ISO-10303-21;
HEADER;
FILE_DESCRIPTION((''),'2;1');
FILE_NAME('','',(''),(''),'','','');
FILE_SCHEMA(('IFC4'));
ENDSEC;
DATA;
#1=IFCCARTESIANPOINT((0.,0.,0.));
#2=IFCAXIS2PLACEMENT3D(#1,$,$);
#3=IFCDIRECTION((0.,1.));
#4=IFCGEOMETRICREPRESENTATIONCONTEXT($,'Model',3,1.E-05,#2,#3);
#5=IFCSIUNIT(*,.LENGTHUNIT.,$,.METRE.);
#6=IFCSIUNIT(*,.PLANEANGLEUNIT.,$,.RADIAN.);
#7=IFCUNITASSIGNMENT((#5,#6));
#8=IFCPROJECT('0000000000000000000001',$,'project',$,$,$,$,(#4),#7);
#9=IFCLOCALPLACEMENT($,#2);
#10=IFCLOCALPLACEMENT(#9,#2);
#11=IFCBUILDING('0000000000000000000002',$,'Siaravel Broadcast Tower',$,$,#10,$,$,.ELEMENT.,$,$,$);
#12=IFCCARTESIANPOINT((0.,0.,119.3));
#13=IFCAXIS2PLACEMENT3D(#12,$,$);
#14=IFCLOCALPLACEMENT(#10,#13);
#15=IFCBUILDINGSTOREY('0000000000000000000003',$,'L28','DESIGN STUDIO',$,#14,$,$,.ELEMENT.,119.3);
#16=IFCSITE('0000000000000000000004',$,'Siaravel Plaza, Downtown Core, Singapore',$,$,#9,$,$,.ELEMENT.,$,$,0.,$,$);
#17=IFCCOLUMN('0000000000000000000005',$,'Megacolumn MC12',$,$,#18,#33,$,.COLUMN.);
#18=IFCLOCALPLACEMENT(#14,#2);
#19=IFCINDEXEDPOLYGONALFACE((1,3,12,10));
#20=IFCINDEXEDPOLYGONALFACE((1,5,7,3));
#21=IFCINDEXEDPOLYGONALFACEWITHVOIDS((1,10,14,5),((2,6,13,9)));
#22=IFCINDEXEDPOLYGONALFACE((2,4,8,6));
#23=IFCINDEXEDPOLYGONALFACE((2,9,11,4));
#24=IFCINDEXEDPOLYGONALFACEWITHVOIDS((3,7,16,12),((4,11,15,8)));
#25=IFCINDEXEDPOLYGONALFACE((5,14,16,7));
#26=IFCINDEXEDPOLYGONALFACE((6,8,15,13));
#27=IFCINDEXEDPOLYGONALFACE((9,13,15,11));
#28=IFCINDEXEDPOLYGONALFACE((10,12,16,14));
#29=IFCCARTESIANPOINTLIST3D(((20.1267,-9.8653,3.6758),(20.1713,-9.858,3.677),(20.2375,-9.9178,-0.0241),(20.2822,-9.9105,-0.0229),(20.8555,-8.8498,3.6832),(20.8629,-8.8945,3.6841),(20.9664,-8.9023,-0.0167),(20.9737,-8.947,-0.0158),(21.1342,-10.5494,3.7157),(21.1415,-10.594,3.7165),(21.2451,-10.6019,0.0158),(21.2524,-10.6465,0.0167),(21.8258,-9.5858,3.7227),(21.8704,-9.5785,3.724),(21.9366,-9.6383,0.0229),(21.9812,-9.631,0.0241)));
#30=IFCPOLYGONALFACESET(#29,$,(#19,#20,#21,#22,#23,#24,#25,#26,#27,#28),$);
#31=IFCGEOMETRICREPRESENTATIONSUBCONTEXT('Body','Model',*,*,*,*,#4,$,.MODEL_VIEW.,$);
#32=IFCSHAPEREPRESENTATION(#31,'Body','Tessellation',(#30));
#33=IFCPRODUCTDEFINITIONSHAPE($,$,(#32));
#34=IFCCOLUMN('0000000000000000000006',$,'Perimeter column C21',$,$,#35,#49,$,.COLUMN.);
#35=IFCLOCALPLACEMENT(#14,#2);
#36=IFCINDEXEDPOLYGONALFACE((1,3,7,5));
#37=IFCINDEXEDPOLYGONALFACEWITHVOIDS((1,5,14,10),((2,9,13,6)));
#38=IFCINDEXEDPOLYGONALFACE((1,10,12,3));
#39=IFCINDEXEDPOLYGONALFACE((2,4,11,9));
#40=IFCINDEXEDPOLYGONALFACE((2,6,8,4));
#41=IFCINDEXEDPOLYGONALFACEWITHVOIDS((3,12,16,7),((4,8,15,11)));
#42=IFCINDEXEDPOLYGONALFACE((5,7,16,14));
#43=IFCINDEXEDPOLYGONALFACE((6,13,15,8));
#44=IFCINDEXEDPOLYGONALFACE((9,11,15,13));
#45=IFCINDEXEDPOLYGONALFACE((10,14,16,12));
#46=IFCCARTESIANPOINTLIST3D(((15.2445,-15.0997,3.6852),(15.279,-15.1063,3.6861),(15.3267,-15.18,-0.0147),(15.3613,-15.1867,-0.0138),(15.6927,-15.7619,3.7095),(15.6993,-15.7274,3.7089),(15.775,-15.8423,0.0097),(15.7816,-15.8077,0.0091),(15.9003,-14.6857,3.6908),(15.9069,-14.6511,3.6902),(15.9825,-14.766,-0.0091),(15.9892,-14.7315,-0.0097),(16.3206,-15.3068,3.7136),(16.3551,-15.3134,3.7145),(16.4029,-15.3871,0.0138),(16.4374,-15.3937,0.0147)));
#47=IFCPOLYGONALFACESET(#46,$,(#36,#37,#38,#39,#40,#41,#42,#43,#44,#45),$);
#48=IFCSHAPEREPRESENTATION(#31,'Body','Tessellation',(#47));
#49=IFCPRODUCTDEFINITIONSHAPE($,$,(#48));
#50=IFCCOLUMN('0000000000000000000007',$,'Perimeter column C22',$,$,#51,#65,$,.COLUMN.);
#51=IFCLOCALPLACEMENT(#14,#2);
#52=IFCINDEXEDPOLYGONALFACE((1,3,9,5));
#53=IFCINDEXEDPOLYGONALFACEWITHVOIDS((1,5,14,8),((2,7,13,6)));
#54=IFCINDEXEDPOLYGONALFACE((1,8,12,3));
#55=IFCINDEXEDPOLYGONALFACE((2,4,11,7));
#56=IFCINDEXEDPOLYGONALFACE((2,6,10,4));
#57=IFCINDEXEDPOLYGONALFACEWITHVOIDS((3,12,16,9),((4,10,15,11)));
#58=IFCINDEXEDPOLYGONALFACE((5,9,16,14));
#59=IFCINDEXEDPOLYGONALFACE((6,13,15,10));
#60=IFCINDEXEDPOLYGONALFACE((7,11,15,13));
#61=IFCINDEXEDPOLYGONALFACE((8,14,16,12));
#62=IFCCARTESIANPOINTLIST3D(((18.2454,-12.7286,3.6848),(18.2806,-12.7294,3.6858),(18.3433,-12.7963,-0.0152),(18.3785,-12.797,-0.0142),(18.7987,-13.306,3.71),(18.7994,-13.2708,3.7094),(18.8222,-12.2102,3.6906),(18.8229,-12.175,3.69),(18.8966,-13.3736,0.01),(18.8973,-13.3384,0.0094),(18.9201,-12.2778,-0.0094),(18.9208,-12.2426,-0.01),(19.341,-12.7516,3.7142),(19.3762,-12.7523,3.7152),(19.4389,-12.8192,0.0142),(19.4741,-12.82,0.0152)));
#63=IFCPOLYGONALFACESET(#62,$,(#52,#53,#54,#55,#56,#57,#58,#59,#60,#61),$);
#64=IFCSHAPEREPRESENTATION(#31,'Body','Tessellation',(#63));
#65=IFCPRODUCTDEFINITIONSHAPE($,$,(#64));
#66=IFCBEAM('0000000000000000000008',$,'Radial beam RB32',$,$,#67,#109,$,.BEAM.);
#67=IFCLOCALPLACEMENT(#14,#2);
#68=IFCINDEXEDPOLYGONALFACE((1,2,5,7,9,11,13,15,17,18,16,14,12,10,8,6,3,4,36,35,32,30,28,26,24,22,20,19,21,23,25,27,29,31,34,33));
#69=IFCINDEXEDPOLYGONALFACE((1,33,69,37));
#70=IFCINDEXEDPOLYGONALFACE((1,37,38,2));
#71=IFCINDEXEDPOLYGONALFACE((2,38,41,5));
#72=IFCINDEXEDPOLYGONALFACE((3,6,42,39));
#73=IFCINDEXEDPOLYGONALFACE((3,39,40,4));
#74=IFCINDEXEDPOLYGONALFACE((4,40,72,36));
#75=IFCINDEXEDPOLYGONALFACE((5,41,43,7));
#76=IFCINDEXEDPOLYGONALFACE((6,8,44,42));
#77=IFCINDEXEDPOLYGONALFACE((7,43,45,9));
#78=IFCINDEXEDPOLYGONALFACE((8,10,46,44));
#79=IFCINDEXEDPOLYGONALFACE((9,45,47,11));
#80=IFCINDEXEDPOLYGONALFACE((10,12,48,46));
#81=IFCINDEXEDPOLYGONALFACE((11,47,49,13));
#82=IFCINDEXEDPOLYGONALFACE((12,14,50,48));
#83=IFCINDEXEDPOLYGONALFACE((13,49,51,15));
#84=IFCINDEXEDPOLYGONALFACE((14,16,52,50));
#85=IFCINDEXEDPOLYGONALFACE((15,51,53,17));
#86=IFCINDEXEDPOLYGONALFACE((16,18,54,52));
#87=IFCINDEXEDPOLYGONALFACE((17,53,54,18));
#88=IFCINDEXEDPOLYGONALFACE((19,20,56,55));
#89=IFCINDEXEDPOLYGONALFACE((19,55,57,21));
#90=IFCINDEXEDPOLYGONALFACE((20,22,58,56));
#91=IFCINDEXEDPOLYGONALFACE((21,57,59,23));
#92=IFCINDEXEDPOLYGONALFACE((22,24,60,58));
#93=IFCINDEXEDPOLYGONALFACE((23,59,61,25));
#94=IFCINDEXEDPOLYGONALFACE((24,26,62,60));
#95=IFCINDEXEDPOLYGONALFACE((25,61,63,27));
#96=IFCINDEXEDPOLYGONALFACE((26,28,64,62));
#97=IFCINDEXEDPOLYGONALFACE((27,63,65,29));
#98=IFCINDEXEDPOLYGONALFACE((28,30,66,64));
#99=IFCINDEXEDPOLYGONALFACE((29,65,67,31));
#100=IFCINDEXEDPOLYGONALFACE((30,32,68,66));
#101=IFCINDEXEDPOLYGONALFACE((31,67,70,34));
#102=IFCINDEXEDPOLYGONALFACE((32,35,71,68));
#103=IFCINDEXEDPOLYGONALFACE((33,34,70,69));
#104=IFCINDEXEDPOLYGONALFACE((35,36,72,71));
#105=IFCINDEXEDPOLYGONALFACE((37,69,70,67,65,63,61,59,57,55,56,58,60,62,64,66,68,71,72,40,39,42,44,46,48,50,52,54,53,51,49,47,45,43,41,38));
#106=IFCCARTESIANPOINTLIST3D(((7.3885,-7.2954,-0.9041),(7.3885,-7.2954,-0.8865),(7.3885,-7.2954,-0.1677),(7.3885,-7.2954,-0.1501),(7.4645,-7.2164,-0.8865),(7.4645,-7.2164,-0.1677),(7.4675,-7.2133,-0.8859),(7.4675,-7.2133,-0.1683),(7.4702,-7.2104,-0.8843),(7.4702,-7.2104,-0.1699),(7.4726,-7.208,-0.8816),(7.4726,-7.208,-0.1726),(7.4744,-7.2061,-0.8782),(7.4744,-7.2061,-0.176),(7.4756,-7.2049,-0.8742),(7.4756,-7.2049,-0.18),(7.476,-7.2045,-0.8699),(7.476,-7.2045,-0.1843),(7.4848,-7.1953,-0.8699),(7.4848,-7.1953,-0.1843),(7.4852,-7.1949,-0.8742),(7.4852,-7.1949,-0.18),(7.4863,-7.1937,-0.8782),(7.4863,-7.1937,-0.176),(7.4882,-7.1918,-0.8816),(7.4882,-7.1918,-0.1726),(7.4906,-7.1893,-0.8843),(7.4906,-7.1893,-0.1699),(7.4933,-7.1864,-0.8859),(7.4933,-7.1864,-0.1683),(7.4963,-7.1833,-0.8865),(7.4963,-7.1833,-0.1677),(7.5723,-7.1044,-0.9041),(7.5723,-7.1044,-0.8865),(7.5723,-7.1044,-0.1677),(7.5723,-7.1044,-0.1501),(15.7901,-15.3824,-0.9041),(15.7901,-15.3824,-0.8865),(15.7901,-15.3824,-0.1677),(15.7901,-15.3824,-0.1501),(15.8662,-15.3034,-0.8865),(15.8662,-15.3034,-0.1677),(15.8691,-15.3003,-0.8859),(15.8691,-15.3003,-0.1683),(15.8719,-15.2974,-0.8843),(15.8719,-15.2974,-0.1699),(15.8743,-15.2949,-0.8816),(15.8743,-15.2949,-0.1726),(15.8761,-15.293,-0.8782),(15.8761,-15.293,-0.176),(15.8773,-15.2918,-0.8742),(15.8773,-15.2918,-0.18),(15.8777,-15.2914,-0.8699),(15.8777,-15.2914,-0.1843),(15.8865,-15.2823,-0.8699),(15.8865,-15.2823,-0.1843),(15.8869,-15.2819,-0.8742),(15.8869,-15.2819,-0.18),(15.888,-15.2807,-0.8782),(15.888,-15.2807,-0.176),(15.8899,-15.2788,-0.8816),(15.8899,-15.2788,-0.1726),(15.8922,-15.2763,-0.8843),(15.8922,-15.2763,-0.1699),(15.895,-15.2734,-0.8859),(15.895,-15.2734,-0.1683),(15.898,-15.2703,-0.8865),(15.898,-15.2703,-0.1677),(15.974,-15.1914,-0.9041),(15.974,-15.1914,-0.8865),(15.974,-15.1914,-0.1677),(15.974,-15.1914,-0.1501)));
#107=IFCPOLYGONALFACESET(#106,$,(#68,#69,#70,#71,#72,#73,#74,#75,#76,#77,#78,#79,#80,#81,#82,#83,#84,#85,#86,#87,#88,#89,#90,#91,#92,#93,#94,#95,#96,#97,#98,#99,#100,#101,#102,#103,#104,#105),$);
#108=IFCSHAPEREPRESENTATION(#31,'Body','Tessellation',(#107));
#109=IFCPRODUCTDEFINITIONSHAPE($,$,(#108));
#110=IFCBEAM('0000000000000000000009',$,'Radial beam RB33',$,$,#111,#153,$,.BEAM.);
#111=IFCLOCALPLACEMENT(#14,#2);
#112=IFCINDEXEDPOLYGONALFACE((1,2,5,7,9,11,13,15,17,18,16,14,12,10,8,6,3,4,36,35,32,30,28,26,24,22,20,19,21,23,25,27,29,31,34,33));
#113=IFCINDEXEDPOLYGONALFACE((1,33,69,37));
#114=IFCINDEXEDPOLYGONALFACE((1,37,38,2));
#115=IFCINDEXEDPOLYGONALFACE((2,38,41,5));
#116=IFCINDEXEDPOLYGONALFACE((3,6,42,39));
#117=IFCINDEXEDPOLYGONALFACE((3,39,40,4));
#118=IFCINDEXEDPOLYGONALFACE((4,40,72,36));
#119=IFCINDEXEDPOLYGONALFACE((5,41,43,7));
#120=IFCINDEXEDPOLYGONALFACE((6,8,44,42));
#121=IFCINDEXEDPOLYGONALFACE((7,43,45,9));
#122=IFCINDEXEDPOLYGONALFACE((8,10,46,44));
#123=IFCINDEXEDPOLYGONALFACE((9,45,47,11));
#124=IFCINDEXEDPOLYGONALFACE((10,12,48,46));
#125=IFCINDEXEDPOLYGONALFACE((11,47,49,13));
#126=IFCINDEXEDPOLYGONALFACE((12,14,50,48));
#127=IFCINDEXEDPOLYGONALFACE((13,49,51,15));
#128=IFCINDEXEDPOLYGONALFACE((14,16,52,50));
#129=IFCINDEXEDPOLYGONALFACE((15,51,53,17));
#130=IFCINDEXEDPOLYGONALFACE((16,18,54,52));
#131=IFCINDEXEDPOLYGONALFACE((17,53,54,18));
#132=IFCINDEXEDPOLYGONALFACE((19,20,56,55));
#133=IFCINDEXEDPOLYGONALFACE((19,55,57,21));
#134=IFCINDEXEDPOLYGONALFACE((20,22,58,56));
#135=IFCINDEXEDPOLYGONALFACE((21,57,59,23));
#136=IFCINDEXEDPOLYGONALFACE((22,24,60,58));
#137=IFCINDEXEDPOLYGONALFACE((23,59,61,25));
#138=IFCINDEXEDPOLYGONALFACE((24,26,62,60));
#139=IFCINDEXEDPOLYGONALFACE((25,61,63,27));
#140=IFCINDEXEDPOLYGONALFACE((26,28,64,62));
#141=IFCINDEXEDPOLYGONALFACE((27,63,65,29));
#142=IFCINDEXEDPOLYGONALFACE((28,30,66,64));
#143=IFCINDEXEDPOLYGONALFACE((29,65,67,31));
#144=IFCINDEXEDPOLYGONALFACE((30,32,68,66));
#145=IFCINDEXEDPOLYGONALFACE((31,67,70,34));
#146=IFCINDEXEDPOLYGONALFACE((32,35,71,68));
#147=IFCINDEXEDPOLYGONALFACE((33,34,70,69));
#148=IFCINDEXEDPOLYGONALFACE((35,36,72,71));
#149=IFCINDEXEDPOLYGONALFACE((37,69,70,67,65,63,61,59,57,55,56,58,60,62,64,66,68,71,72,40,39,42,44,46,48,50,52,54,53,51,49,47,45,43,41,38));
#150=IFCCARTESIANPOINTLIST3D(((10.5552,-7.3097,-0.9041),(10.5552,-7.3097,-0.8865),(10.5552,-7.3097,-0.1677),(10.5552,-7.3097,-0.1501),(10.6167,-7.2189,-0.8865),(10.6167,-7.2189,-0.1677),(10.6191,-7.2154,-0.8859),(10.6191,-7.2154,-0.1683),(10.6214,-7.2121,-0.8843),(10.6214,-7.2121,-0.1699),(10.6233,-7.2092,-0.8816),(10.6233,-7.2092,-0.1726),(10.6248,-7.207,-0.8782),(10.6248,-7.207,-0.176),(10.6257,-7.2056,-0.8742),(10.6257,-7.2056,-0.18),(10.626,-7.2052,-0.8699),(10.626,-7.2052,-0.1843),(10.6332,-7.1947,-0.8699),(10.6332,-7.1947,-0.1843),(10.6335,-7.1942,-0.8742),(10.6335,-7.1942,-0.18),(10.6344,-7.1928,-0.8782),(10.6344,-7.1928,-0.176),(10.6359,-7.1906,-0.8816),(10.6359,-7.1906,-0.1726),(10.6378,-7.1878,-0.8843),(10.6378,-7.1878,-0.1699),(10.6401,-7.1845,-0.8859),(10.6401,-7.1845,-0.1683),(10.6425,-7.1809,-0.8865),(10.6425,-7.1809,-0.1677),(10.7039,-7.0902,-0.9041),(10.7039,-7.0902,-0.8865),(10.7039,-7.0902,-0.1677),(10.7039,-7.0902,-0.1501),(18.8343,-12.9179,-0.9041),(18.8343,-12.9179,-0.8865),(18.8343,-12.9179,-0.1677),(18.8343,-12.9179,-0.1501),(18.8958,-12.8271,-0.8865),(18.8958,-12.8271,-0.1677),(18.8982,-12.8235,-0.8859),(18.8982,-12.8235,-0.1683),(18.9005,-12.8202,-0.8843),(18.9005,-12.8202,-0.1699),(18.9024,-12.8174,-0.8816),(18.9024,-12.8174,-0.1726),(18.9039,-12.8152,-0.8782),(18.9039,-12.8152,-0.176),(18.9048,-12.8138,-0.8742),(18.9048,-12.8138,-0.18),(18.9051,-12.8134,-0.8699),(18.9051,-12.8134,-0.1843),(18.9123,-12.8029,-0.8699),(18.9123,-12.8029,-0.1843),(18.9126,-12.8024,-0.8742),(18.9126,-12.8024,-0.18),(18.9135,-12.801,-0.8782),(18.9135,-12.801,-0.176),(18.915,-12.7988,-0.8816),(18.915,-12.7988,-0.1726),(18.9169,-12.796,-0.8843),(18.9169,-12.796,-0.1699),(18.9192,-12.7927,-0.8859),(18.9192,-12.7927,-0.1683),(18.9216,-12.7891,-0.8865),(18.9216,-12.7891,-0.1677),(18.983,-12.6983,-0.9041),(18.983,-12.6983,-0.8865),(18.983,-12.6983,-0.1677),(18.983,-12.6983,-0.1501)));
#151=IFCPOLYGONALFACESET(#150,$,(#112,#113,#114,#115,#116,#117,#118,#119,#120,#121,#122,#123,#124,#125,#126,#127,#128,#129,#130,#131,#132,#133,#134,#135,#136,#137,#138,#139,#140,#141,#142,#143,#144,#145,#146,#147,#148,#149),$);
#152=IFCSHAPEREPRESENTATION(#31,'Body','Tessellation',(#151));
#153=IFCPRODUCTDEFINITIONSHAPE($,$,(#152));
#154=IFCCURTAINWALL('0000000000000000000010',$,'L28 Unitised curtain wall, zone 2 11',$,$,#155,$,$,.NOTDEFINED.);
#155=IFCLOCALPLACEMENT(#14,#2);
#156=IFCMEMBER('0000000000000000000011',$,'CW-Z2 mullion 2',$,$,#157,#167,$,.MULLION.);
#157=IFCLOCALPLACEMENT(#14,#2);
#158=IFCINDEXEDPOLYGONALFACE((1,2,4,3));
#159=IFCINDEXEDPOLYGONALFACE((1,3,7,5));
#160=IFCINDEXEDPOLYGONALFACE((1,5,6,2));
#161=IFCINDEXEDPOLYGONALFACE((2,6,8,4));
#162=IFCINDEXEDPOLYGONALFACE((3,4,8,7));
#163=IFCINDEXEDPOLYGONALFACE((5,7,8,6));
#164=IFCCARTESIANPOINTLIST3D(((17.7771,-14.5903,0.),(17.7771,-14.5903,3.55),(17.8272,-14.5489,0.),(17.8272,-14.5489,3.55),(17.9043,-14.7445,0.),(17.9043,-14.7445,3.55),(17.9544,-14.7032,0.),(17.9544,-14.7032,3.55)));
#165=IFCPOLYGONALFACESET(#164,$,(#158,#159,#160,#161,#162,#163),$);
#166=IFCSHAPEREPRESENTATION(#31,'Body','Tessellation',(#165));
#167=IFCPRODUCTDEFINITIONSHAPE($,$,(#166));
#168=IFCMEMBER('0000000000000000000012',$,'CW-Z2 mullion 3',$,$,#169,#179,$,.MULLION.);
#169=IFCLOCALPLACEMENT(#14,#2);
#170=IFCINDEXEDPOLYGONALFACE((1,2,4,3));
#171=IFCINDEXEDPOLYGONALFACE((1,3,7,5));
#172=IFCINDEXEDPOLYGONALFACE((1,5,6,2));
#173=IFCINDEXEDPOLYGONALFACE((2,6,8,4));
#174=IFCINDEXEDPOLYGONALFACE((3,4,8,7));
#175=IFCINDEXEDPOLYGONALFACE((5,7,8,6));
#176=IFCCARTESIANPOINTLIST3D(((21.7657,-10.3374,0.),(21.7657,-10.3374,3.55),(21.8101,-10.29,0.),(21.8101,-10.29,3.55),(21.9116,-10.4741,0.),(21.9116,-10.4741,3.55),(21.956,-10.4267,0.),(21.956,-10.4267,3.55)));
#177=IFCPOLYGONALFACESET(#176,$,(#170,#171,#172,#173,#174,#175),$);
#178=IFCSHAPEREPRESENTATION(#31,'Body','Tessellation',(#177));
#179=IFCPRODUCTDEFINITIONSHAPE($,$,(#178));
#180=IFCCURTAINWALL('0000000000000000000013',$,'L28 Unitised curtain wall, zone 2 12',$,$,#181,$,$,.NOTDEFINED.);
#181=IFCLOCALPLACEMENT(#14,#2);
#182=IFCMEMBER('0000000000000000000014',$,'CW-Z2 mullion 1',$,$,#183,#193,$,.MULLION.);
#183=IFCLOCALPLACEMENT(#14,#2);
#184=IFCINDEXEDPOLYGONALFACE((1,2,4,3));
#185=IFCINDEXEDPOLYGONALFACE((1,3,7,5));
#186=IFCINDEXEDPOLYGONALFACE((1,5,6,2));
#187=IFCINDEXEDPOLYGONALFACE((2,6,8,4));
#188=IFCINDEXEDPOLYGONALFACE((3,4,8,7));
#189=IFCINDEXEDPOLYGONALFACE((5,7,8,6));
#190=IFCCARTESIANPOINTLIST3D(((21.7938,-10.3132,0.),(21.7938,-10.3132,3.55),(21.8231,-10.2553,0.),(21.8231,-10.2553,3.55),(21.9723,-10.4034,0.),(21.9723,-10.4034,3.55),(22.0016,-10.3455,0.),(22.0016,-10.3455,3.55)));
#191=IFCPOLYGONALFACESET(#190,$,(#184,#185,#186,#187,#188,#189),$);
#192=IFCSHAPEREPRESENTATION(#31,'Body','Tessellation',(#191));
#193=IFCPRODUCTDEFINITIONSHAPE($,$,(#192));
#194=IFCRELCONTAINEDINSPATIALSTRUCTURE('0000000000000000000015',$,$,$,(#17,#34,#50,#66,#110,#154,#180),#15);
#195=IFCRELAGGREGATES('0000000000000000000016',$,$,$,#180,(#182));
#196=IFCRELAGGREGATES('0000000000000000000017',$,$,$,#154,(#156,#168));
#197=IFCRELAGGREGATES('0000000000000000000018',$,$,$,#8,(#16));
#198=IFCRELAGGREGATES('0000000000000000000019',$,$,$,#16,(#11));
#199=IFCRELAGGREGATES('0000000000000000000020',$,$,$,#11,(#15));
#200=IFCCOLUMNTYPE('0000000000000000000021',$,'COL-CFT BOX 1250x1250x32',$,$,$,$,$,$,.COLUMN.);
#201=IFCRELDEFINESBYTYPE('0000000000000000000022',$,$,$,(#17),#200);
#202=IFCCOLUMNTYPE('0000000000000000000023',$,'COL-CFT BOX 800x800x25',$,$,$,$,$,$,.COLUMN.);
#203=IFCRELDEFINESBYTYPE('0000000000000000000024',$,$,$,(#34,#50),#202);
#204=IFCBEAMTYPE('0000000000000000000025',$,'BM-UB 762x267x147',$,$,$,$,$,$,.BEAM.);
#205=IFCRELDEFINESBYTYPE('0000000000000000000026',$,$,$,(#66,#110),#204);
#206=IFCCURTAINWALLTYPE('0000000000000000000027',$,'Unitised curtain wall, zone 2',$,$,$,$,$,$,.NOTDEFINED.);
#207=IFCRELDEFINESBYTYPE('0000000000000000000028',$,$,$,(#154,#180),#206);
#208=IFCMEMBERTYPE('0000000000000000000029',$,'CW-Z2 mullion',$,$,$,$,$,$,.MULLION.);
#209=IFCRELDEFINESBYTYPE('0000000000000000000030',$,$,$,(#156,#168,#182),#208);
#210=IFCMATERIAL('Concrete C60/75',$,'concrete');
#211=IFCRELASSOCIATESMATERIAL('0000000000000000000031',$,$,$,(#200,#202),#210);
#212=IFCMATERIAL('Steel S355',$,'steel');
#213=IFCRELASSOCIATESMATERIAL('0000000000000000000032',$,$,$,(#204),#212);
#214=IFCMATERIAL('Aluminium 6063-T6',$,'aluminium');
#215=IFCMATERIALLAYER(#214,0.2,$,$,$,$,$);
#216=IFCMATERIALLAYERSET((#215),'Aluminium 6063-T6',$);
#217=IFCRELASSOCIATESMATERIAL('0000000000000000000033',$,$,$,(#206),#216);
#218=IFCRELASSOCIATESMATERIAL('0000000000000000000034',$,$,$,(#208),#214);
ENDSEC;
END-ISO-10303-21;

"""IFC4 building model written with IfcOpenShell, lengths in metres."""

from ifc_helpers import new_model, si_unit, direction, frame, origin, origin_2d, place, context, subcontext, project, spatial, rectangle, hollow_rectangle, i_section, extrude, material, layer, layer_set, material_profile, profile_set, type_object, element, aggregate, save


model = new_model("IFC4")

# Units and contexts
model_context = context("Model", 3, precision=1e-05, world=origin(), true_north=direction((0.0, 1.0)))
body_context = subcontext(model_context, "Body", "Model", "MODEL_VIEW")
ifc_project = project(units=[si_unit("LENGTHUNIT", "METRE"), si_unit("PLANEANGLEUNIT", "RADIAN")], contexts=[model_context])

# Site, building, storey
site_placement = place(None, origin())
site = spatial("IfcSite", under=ifc_project, at=site_placement, Name="Siaravel Plaza, Downtown Core, Singapore", CompositionType="ELEMENT", RefElevation=0.0)
building_placement = place(site_placement, origin())
building = spatial("IfcBuilding", under=site, at=building_placement, Name="Siaravel Broadcast Tower", CompositionType="ELEMENT")
storey_placement = place(building_placement, frame((0.0, 0.0, 119.3)))
storey = spatial("IfcBuildingStorey", under=building, at=storey_placement, Name="L28", Description="DESIGN STUDIO", CompositionType="ELEMENT", Elevation=119.3)

# Columns
ifc_material_1 = material(Name="Concrete C60/75", Category="concrete")
ifc_material_profile_1 = material_profile(ifc_material_1, hollow_rectangle(XDim=1.25, YDim=1.25, WallThickness=0.032, at=origin_2d()))
ifc_profile_set_1 = profile_set([ifc_material_profile_1], Name="Concrete C60/75")
column_type_1 = type_object("IfcColumnType", Name="COL-CFT BOX 1250x1250x32", PredefinedType="COLUMN", material=ifc_profile_set_1)
column_1_placement = place(storey_placement, frame((21.1094, -9.7744, 0.0), z_axis=(-0.029941, 0.014179, 0.999451), x_axis=(-0.583066, -0.812403, -0.005942)))
element("IfcColumn", 1, at=column_1_placement, inside=storey, type_object=column_type_1, Name="Megacolumn MC12", PredefinedType="COLUMN", context=body_context, shape_type="SweptSolid", body=[
    extrude(hollow_rectangle(XDim=1.25, YDim=1.25, WallThickness=0.032, at=origin_2d()), origin(), (0.0, 0.0, 1.0), 3.7019),
])
ifc_material_profile_2 = material_profile(ifc_material_1, hollow_rectangle(XDim=0.8, YDim=0.8, WallThickness=0.0249, at=origin_2d()))
ifc_profile_set_2 = profile_set([ifc_material_profile_2], Name="Concrete C60/75")
column_type_2 = type_object("IfcColumnType", Name="COL-CFT BOX 800x800x25", PredefinedType="COLUMN", material=ifc_profile_set_2)
column_2_placement = place(storey_placement, frame((15.8821, -15.2869, 0.0), z_axis=(-0.022226, 0.021699, 0.999517), x_axis=(-0.828038, -0.560637, -0.006242)))
element("IfcColumn", 2, at=column_2_placement, inside=storey, type_object=column_type_2, Name="Perimeter column C21", PredefinedType="COLUMN", context=body_context, shape_type="SweptSolid", body=[
    extrude(hollow_rectangle(XDim=0.8, YDim=0.8, WallThickness=0.0249, at=origin_2d()), origin(), (0.0, 0.0, 1.0), 3.7017),
])
column_3_placement = place(storey_placement, frame((18.9087, -12.8081, 0.0), z_axis=(-0.026446, 0.018268, 0.999483), x_axis=(-0.721852, -0.692017, -0.006452)))
element("IfcColumn", 3, at=column_3_placement, inside=storey, type_object=column_type_2, Name="Perimeter column C22", PredefinedType="COLUMN", context=body_context, shape_type="SweptSolid", body=[
    extrude(hollow_rectangle(XDim=0.8, YDim=0.8, WallThickness=0.0249, at=origin_2d()), origin(), (0.0, 0.0, 1.0), 3.7019),
])

# Beams
ifc_material_2 = material(Name="Steel S355", Category="steel")
ifc_material_profile_3 = material_profile(ifc_material_2, i_section(OverallWidth=0.2651, OverallDepth=0.7539, WebThickness=0.0127, FlangeThickness=0.0176, FilletRadius=0.0166, at=origin_2d()))
ifc_profile_set_3 = profile_set([ifc_material_profile_3], Name="Steel S355")
beam_type = type_object("IfcBeamType", Name="BM-UB 762x267x147", PredefinedType="BEAM", material=ifc_profile_set_3)
beam_1_placement = place(storey_placement, frame((15.8821, -15.2869, -0.5271), z_axis=(-0.720471, 0.693485, 0.0), x_axis=(-0.693485, -0.720471, 0.0)))
element("IfcBeam", 4, at=beam_1_placement, inside=storey, type_object=beam_type, Name="Radial beam RB32", PredefinedType="BEAM", context=body_context, shape_type="SweptSolid", body=[
    extrude(i_section(OverallWidth=0.2651, OverallDepth=0.7539, WebThickness=0.0127, FlangeThickness=0.0176, FilletRadius=0.0166, at=origin_2d()), origin(), (0.0, 0.0, 1.0), 11.6614),
])
beam_2_placement = place(storey_placement, frame((18.9087, -12.8081, -0.5271), z_axis=(-0.82793, 0.560832, 0.0), x_axis=(-0.560832, -0.82793, 0.0)))
element("IfcBeam", 5, at=beam_2_placement, inside=storey, type_object=beam_type, Name="Radial beam RB33", PredefinedType="BEAM", context=body_context, shape_type="SweptSolid", body=[
    extrude(i_section(OverallWidth=0.2651, OverallDepth=0.7539, WebThickness=0.0127, FlangeThickness=0.0176, FilletRadius=0.0166, at=origin_2d()), origin(), (0.0, 0.0, 1.0), 9.9998),
])

# Curtain wall, members
ifc_material_3 = material(Name="Aluminium 6063-T6", Category="aluminium")
ifc_layer_1 = layer(ifc_material_3, 0.2)
ifc_layer_set_1 = layer_set([ifc_layer_1], Name="Aluminium 6063-T6")
curtain_wall_type = type_object("IfcCurtainWallType", Name="Unitised curtain wall, zone 2", PredefinedType="NOTDEFINED", material=ifc_layer_set_1)
curtain_wall_1_placement = place(storey_placement, origin())
curtain_wall_1 = element("IfcCurtainWall", 6, at=curtain_wall_1_placement, inside=storey, type_object=curtain_wall_type, Name="L28 Unitised curtain wall, zone 2 11", PredefinedType="NOTDEFINED")
ifc_material_profile_4 = material_profile(ifc_material_3, rectangle(XDim=0.2, YDim=0.0649, at=origin_2d()))
ifc_profile_set_4 = profile_set([ifc_material_profile_4], Name="Aluminium 6063-T6")
member_type_1 = type_object("IfcMemberType", Name="CW-Z2 mullion", PredefinedType="MULLION", material=ifc_profile_set_4)
member_1_placement = place(storey_placement, frame((17.8657, -14.6467, 0.0), z_axis=(0.0, 0.0, 1.0), x_axis=(-0.636219, 0.771509, 0.0)))
member_1 = element("IfcMember", 7, at=member_1_placement, type_object=member_type_1, Name="CW-Z2 mullion 2", PredefinedType="MULLION", context=body_context, shape_type="SweptSolid", body=[
    extrude(rectangle(XDim=0.2, YDim=0.0649, at=origin_2d()), origin(), (0.0, 0.0, 1.0), 3.55),
])
member_2_placement = place(storey_placement, frame((21.8608, -10.3821, 0.0), z_axis=(0.0, 0.0, 1.0), x_axis=(-0.729805, 0.683655, 0.0)))
member_2 = element("IfcMember", 8, at=member_2_placement, type_object=member_type_1, Name="CW-Z2 mullion 3", PredefinedType="MULLION", context=body_context, shape_type="SweptSolid", body=[
    extrude(rectangle(XDim=0.2, YDim=0.0649, at=origin_2d()), origin(), (0.0, 0.0, 1.0), 3.55),
])

# Curtain wall, member
curtain_wall_2_placement = place(storey_placement, origin())
curtain_wall_2 = element("IfcCurtainWall", 9, at=curtain_wall_2_placement, inside=storey, type_object=curtain_wall_type, Name="L28 Unitised curtain wall, zone 2 12", PredefinedType="NOTDEFINED")
member_3_placement = place(storey_placement, frame((21.8977, -10.3293, 0.0), z_axis=(0.0, 0.0, 1.0), x_axis=(-0.892392, 0.451261, 0.0)))
member_3 = element("IfcMember", 10, at=member_3_placement, type_object=member_type_1, Name="CW-Z2 mullion 1", PredefinedType="MULLION", context=body_context, shape_type="SweptSolid", body=[
    extrude(rectangle(XDim=0.2, YDim=0.0649, at=origin_2d()), origin(), (0.0, 0.0, 1.0), 3.55),
])

aggregate(curtain_wall_2, [member_3])

aggregate(curtain_wall_1, [member_1, member_2])

save(model, "model.ifc")
